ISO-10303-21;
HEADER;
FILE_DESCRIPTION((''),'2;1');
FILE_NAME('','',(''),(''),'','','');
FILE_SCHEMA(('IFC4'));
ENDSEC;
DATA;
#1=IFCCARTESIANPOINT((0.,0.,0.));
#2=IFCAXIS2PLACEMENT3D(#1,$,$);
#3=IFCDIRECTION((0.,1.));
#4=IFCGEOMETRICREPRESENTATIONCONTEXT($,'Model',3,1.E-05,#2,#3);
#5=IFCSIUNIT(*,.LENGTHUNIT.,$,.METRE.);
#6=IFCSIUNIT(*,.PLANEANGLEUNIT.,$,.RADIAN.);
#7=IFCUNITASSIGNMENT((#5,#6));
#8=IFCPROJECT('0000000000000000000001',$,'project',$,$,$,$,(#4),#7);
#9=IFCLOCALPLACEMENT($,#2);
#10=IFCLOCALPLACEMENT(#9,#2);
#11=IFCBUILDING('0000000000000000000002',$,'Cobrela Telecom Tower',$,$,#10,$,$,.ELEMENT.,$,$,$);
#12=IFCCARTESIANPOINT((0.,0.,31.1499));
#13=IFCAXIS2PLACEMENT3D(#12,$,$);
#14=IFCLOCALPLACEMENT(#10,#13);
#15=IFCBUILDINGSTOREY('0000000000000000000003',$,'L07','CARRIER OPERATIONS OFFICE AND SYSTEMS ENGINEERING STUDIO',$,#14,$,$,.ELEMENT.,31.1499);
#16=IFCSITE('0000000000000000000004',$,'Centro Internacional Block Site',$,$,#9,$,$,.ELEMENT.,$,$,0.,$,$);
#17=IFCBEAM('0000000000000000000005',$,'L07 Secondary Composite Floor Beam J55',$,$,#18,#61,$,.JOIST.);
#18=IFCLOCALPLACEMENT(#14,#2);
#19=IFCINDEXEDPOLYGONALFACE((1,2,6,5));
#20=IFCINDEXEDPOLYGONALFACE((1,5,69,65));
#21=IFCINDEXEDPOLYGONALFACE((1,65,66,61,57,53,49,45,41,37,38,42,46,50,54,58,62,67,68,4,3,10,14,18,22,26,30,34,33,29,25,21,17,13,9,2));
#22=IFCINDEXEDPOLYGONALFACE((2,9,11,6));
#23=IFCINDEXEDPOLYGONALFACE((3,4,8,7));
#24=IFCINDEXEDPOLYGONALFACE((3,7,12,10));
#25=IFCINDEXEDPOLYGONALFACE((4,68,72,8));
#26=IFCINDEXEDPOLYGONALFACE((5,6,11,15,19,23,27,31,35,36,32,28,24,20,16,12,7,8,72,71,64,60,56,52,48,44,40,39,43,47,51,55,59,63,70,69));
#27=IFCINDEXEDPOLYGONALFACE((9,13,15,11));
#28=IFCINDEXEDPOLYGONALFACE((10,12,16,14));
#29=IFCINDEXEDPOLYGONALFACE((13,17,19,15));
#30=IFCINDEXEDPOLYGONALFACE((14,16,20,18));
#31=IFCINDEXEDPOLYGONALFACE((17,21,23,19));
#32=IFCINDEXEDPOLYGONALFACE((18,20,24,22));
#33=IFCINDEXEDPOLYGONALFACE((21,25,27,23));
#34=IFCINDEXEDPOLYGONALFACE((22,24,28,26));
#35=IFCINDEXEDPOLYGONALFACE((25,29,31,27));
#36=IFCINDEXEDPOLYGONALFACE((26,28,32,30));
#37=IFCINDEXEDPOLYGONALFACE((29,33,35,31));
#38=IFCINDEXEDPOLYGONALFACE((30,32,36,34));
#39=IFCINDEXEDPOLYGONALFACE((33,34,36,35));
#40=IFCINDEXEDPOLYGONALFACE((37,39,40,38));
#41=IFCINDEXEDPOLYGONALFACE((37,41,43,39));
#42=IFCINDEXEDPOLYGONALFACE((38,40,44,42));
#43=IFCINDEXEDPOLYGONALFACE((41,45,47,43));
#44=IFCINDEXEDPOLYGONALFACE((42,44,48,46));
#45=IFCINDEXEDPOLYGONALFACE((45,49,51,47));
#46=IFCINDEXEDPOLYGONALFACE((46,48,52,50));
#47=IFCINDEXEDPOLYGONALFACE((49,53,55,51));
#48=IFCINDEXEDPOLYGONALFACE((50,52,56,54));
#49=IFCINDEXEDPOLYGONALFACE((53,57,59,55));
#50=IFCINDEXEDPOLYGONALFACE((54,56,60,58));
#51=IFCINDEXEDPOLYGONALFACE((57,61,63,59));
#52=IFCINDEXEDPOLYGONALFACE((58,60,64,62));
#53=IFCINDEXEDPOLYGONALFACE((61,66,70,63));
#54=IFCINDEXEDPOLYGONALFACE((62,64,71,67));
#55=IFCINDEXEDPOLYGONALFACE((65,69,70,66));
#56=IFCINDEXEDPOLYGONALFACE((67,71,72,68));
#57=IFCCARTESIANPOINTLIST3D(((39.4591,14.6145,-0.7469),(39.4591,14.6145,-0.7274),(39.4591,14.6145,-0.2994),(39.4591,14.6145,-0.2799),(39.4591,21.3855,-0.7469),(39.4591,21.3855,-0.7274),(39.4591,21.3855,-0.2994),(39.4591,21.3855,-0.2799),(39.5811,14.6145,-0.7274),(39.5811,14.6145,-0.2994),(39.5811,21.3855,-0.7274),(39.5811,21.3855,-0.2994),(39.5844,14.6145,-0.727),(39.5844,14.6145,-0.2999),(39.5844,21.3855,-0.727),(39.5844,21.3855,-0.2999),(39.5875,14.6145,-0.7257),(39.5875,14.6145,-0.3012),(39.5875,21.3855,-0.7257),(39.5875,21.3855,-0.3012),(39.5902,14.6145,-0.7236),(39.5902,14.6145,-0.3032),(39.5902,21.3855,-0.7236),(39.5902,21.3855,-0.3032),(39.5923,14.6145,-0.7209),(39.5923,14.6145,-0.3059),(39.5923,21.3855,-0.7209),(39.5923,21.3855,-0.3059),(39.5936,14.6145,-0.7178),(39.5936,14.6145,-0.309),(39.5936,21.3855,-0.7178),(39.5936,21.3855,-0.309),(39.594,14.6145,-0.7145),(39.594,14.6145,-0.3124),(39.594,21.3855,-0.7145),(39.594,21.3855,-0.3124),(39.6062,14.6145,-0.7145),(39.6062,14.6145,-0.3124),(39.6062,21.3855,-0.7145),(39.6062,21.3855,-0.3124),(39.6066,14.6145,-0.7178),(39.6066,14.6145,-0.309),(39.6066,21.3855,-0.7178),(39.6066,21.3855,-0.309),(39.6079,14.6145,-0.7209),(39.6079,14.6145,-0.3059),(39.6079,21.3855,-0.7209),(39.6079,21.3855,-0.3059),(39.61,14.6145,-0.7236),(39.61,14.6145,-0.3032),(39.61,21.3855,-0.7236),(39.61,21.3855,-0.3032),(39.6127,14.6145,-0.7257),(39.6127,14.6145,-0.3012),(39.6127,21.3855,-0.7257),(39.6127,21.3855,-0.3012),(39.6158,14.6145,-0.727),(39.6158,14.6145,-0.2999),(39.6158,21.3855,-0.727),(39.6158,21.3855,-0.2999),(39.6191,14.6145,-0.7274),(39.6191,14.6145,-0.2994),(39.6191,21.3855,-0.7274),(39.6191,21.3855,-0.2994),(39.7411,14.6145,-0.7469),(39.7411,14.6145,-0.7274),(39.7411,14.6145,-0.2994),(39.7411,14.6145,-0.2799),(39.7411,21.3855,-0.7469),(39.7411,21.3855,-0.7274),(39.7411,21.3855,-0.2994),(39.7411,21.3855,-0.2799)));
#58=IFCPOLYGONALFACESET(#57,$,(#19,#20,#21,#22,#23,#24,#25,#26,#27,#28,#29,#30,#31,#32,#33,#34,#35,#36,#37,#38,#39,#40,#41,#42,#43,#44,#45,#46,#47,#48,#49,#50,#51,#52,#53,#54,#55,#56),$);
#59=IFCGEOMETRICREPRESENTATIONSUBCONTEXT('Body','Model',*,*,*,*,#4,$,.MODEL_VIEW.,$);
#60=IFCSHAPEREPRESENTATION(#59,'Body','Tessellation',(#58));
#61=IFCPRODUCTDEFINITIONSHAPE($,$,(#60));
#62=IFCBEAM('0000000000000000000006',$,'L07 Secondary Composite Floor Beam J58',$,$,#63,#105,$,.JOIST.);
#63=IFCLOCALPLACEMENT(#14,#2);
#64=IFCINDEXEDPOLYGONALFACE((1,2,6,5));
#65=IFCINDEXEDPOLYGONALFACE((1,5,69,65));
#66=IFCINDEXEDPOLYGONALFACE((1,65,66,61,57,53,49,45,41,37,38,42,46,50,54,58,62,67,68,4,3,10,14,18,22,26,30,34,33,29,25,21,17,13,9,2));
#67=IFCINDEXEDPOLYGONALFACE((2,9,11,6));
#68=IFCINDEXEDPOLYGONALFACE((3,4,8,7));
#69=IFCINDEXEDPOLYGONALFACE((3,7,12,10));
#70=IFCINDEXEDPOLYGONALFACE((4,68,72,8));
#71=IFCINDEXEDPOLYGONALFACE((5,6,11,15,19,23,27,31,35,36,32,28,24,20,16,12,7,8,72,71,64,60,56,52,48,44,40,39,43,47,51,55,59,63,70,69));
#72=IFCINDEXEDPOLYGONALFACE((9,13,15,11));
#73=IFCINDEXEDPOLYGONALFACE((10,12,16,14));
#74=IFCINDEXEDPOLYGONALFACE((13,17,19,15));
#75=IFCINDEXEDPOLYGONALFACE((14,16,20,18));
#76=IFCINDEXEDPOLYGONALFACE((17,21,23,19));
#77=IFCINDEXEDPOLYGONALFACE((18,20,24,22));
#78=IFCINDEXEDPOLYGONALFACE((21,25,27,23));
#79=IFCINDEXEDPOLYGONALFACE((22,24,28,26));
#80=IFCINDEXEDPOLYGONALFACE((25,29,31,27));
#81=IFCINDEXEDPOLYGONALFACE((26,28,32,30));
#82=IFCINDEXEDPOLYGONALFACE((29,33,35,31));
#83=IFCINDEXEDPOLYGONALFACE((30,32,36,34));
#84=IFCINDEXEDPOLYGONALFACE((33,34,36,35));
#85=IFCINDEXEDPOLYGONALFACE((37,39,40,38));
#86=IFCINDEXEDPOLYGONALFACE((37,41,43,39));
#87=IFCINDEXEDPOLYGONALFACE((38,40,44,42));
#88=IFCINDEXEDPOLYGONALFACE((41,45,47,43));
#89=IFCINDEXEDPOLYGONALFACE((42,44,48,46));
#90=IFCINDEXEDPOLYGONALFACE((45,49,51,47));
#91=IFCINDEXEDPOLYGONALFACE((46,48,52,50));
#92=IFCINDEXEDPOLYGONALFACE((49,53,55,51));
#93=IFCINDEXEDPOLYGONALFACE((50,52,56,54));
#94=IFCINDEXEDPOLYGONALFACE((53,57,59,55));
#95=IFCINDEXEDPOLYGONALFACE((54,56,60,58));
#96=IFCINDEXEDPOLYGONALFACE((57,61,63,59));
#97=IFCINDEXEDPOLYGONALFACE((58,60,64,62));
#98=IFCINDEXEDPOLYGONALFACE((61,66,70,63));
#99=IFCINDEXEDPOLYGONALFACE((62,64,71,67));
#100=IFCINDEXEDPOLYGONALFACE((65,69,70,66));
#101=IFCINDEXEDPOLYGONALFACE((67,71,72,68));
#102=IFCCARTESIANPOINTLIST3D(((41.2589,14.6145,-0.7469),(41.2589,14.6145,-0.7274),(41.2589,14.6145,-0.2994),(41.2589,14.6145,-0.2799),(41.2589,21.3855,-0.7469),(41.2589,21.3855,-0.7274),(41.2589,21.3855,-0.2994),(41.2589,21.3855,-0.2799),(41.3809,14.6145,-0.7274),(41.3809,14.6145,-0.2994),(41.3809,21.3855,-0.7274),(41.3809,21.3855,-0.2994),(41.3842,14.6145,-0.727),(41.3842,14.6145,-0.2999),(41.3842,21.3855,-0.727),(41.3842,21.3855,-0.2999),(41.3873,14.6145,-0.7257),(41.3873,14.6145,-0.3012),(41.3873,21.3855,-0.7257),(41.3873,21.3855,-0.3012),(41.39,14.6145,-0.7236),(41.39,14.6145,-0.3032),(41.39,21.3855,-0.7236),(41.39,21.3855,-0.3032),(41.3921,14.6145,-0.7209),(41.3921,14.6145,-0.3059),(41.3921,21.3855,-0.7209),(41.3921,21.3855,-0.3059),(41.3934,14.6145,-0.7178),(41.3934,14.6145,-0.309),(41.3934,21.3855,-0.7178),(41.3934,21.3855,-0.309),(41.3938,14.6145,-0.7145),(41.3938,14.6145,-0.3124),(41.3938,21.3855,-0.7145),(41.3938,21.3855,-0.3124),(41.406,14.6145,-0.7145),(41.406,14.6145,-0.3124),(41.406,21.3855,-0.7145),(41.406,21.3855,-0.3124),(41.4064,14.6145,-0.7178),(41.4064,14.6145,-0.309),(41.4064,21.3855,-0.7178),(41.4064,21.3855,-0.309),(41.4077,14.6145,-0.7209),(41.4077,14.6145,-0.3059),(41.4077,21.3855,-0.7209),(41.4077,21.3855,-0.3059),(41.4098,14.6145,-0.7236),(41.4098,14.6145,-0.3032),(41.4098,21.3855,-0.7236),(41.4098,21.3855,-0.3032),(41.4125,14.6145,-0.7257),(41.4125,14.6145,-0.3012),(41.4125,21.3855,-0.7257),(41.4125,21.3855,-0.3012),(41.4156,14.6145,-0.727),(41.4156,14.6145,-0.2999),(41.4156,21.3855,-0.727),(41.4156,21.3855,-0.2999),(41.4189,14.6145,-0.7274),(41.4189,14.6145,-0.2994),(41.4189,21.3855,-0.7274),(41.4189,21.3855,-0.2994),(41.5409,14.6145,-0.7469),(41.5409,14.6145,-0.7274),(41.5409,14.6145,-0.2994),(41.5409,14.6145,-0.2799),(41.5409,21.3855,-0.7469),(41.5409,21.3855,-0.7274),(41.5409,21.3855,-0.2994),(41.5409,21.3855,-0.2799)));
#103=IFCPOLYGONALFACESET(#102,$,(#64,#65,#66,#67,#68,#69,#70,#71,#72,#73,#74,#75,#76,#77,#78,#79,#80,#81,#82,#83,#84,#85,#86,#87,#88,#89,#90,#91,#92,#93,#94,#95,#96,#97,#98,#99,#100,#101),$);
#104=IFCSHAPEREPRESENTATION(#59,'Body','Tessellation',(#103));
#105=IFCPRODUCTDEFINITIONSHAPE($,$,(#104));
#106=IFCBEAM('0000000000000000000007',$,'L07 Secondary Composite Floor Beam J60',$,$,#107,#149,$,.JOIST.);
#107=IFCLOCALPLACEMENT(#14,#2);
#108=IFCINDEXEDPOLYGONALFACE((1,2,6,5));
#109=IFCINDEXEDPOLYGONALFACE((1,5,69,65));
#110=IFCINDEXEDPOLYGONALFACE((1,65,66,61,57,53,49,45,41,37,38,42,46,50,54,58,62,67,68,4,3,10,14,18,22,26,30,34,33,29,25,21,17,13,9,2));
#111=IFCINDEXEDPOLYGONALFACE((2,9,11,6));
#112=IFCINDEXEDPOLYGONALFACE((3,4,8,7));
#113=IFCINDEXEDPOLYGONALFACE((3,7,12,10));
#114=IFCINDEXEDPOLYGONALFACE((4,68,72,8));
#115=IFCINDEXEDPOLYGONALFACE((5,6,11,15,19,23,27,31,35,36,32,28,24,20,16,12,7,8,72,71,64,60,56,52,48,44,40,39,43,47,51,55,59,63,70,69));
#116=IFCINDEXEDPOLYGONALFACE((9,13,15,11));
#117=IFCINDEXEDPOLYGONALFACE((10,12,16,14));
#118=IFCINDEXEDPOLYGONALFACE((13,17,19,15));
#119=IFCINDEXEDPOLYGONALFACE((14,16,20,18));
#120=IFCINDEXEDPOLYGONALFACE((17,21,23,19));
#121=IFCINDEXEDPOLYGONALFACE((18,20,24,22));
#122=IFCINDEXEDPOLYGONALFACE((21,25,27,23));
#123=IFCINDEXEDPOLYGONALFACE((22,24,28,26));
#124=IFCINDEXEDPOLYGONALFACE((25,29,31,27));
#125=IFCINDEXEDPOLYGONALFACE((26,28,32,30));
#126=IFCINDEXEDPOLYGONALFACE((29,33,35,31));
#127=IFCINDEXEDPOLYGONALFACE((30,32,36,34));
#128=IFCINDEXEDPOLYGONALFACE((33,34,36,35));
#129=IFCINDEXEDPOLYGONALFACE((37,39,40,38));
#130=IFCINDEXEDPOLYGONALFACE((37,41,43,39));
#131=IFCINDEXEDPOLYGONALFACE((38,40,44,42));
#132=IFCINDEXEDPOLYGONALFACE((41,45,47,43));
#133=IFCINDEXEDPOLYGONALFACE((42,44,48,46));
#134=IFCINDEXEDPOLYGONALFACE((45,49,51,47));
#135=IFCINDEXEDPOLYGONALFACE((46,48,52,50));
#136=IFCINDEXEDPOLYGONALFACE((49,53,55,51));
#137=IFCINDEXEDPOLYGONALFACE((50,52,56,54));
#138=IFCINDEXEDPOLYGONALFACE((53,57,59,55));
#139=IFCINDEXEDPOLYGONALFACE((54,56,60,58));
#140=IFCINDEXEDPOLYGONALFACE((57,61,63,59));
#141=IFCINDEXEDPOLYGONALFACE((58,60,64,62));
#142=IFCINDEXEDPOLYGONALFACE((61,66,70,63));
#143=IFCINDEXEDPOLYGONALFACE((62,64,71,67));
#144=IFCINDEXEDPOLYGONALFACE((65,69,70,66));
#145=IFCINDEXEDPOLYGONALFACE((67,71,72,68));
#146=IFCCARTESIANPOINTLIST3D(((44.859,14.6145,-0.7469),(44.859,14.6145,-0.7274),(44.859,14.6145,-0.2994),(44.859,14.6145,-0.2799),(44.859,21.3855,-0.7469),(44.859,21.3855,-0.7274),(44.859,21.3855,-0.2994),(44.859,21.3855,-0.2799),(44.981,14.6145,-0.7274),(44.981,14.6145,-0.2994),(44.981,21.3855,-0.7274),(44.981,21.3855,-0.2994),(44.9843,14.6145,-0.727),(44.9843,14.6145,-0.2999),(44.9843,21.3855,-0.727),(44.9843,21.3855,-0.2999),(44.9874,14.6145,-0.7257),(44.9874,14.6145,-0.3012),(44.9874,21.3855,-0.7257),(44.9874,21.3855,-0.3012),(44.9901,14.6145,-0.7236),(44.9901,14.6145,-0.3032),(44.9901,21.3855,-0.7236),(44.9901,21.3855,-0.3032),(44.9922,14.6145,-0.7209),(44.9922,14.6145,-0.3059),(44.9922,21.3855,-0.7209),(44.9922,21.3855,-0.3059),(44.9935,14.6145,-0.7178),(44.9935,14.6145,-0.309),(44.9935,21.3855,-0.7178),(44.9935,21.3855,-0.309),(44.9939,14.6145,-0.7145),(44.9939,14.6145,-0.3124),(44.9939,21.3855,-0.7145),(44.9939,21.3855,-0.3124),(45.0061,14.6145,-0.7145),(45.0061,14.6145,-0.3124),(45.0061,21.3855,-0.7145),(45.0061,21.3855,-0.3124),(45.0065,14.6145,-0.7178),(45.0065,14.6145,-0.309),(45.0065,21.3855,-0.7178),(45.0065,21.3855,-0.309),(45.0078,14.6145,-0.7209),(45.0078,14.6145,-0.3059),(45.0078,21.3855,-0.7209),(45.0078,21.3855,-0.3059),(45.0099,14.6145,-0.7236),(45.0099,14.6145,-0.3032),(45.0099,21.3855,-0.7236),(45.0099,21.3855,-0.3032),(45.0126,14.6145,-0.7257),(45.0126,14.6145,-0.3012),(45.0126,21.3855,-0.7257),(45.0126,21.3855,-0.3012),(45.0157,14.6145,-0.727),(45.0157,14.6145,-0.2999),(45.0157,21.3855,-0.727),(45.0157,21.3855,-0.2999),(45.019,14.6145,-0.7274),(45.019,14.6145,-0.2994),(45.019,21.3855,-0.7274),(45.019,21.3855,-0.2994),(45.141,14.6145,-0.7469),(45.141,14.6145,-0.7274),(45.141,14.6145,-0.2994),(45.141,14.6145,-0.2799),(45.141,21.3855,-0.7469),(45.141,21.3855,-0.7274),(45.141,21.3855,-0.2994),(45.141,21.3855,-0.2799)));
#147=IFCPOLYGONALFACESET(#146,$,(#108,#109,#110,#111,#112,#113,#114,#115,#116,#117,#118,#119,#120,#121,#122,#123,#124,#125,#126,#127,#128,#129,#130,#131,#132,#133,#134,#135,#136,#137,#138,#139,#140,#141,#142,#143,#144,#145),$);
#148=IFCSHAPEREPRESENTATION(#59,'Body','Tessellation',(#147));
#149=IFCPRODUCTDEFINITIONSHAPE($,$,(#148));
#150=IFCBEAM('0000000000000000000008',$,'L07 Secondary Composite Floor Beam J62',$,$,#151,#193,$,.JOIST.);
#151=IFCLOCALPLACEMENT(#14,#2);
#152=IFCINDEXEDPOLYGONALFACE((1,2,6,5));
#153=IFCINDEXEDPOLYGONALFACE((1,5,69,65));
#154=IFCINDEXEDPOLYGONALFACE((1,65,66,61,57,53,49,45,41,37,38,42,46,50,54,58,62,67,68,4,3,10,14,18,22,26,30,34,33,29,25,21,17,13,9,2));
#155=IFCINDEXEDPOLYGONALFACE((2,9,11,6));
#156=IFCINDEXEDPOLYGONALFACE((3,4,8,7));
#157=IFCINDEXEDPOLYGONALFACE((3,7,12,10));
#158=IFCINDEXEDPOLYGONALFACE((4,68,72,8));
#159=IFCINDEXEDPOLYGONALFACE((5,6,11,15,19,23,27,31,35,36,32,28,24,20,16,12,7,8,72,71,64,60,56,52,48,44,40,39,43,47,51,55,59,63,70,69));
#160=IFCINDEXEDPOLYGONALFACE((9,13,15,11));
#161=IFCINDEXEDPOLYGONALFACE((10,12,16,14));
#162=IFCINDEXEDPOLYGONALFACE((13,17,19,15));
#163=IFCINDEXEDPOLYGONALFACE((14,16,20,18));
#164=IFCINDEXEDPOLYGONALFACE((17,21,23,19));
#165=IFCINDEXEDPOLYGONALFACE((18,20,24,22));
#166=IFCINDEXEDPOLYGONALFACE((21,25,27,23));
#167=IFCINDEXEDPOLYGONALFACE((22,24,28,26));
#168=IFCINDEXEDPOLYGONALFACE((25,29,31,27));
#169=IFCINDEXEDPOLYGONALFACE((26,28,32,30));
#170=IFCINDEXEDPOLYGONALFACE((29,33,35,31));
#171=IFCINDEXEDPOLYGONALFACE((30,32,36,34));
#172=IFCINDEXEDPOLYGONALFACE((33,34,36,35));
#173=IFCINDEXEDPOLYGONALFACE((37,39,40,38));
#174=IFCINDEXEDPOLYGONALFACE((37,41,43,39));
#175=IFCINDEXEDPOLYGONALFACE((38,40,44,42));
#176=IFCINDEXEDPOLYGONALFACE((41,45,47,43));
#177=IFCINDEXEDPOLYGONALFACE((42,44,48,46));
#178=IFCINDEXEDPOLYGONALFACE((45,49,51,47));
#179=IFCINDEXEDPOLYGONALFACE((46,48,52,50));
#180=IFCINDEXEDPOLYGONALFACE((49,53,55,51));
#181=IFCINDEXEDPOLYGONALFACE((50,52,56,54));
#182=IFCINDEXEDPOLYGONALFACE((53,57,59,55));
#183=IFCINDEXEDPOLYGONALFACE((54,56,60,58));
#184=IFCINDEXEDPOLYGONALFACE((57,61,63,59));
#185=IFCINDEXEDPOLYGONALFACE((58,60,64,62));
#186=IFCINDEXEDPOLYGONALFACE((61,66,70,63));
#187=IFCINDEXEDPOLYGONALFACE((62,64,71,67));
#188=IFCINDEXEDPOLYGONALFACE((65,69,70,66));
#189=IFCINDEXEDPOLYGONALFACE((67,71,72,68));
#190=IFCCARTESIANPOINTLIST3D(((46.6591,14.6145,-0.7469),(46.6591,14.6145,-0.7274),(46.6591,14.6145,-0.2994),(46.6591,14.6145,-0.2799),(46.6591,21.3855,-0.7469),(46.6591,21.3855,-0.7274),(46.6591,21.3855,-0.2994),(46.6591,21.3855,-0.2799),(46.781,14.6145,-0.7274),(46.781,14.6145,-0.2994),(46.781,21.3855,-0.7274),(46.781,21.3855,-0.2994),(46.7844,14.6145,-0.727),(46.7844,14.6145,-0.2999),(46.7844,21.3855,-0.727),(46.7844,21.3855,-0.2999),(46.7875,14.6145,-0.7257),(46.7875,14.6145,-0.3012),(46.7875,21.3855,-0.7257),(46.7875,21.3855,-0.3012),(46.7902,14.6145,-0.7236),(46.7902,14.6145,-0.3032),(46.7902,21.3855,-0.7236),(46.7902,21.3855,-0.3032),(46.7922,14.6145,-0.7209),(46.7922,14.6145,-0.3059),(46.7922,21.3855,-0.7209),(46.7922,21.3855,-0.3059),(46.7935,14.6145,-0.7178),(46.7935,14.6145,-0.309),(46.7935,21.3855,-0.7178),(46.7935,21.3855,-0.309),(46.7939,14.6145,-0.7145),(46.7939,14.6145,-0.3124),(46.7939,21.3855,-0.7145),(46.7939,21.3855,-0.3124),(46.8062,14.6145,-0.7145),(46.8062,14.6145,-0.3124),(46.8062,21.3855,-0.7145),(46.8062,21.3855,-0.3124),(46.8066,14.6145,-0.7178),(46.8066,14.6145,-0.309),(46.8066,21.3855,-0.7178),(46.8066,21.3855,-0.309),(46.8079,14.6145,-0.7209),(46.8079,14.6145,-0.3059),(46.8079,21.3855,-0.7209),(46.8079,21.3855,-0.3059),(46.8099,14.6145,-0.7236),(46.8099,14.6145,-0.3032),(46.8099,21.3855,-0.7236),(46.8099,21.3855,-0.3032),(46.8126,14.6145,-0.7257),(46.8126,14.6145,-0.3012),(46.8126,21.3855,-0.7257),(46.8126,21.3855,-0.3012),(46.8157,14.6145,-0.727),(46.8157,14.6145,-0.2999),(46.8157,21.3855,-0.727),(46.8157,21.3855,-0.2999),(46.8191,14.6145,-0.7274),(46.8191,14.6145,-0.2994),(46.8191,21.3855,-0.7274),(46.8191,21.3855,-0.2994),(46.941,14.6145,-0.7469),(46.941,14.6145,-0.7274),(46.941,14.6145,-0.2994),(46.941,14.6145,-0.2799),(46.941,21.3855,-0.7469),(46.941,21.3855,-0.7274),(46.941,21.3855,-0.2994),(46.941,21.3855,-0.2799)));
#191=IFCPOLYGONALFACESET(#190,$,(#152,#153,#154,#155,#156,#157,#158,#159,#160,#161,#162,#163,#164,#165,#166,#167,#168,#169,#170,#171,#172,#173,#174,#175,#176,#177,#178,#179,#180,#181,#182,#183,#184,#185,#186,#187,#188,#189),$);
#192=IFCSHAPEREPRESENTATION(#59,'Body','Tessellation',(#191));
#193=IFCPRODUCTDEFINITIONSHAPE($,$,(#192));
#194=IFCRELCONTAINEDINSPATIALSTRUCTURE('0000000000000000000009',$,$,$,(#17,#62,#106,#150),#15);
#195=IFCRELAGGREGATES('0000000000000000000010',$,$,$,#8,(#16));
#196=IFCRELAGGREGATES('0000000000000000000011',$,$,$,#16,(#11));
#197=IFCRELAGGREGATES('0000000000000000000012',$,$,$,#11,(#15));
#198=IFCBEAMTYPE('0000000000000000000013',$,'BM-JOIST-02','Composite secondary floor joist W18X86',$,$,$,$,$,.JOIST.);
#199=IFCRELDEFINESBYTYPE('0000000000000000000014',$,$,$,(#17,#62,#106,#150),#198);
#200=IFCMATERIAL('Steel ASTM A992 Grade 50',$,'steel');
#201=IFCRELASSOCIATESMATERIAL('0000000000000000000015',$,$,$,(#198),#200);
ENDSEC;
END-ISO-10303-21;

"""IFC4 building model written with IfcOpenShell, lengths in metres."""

from ifc_helpers import new_model, si_unit, direction, frame, origin, origin_2d, place, context, subcontext, project, spatial, i_section, extrude, material, material_profile, profile_set, type_object, element, save


model = new_model("IFC4")

# Units and contexts
model_context = context("Model", 3, precision=1e-05, world=origin(), true_north=direction((0.0, 1.0)))
body_context = subcontext(model_context, "Body", "Model", "MODEL_VIEW")
ifc_project = project(units=[si_unit("LENGTHUNIT", "METRE"), si_unit("PLANEANGLEUNIT", "RADIAN")], contexts=[model_context])

# Site, building, storey
site_placement = place(None, origin())
site = spatial("IfcSite", under=ifc_project, at=site_placement, Name="Centro Internacional Block Site", CompositionType="ELEMENT", RefElevation=0.0)
building_placement = place(site_placement, origin())
building = spatial("IfcBuilding", under=site, at=building_placement, Name="Cobrela Telecom Tower", CompositionType="ELEMENT")
storey_placement = place(building_placement, frame((0.0, 0.0, 31.1499)))
storey = spatial("IfcBuildingStorey", under=building, at=storey_placement, Name="L07", Description="CARRIER OPERATIONS OFFICE AND SYSTEMS ENGINEERING STUDIO", CompositionType="ELEMENT", Elevation=31.1499)

# Shared definitions
ifc_material_1 = material(Name="Steel ASTM A992 Grade 50", Category="steel")

# Beams
ifc_material_profile_1 = material_profile(ifc_material_1, i_section(OverallWidth=0.282, OverallDepth=0.467, WebThickness=0.0122, FlangeThickness=0.0195, FilletRadius=0.0129, at=origin_2d()), Name="W18X86")
ifc_profile_set_1 = profile_set([ifc_material_profile_1], Name="Steel ASTM A992 Grade 50")
beam_type_1 = type_object("IfcBeamType", Name="BM-JOIST-02", Description="Composite secondary floor joist W18X86", PredefinedType="JOIST", material=ifc_profile_set_1)
for number, where, z_axis, x_axis, name in (
    (1, (39.6001, 14.6145, -0.5134), (0.0, 1.0, 0.0), (-1.0, 0.0, 0.0), "L07 Secondary Composite Floor Beam J55"),
    (2, (41.3999, 14.6145, -0.5134), (0.0, 1.0, 0.0), (-1.0, 0.0, 0.0), "L07 Secondary Composite Floor Beam J58"),
    (3, (45.0, 14.6145, -0.5134), (0.0, 1.0, 0.0), (-1.0, 0.0, 0.0), "L07 Secondary Composite Floor Beam J60"),
    (4, (46.8, 14.6145, -0.5134), (0.0, 1.0, 0.0), (-1.0, 0.0, 0.0), "L07 Secondary Composite Floor Beam J62"),
):
    element("IfcBeam", number, at=place(storey_placement, frame(where, z_axis=z_axis, x_axis=x_axis)), inside=storey, type_object=beam_type_1, Name=name, PredefinedType="JOIST", context=body_context, shape_type="SweptSolid", body=[
        extrude(i_section(OverallWidth=0.282, OverallDepth=0.467, WebThickness=0.0122, FlangeThickness=0.0195, FilletRadius=0.0129, at=origin_2d()), origin(), (0.0, 0.0, 1.0), 6.771),
    ])

save(model, "model.ifc")
